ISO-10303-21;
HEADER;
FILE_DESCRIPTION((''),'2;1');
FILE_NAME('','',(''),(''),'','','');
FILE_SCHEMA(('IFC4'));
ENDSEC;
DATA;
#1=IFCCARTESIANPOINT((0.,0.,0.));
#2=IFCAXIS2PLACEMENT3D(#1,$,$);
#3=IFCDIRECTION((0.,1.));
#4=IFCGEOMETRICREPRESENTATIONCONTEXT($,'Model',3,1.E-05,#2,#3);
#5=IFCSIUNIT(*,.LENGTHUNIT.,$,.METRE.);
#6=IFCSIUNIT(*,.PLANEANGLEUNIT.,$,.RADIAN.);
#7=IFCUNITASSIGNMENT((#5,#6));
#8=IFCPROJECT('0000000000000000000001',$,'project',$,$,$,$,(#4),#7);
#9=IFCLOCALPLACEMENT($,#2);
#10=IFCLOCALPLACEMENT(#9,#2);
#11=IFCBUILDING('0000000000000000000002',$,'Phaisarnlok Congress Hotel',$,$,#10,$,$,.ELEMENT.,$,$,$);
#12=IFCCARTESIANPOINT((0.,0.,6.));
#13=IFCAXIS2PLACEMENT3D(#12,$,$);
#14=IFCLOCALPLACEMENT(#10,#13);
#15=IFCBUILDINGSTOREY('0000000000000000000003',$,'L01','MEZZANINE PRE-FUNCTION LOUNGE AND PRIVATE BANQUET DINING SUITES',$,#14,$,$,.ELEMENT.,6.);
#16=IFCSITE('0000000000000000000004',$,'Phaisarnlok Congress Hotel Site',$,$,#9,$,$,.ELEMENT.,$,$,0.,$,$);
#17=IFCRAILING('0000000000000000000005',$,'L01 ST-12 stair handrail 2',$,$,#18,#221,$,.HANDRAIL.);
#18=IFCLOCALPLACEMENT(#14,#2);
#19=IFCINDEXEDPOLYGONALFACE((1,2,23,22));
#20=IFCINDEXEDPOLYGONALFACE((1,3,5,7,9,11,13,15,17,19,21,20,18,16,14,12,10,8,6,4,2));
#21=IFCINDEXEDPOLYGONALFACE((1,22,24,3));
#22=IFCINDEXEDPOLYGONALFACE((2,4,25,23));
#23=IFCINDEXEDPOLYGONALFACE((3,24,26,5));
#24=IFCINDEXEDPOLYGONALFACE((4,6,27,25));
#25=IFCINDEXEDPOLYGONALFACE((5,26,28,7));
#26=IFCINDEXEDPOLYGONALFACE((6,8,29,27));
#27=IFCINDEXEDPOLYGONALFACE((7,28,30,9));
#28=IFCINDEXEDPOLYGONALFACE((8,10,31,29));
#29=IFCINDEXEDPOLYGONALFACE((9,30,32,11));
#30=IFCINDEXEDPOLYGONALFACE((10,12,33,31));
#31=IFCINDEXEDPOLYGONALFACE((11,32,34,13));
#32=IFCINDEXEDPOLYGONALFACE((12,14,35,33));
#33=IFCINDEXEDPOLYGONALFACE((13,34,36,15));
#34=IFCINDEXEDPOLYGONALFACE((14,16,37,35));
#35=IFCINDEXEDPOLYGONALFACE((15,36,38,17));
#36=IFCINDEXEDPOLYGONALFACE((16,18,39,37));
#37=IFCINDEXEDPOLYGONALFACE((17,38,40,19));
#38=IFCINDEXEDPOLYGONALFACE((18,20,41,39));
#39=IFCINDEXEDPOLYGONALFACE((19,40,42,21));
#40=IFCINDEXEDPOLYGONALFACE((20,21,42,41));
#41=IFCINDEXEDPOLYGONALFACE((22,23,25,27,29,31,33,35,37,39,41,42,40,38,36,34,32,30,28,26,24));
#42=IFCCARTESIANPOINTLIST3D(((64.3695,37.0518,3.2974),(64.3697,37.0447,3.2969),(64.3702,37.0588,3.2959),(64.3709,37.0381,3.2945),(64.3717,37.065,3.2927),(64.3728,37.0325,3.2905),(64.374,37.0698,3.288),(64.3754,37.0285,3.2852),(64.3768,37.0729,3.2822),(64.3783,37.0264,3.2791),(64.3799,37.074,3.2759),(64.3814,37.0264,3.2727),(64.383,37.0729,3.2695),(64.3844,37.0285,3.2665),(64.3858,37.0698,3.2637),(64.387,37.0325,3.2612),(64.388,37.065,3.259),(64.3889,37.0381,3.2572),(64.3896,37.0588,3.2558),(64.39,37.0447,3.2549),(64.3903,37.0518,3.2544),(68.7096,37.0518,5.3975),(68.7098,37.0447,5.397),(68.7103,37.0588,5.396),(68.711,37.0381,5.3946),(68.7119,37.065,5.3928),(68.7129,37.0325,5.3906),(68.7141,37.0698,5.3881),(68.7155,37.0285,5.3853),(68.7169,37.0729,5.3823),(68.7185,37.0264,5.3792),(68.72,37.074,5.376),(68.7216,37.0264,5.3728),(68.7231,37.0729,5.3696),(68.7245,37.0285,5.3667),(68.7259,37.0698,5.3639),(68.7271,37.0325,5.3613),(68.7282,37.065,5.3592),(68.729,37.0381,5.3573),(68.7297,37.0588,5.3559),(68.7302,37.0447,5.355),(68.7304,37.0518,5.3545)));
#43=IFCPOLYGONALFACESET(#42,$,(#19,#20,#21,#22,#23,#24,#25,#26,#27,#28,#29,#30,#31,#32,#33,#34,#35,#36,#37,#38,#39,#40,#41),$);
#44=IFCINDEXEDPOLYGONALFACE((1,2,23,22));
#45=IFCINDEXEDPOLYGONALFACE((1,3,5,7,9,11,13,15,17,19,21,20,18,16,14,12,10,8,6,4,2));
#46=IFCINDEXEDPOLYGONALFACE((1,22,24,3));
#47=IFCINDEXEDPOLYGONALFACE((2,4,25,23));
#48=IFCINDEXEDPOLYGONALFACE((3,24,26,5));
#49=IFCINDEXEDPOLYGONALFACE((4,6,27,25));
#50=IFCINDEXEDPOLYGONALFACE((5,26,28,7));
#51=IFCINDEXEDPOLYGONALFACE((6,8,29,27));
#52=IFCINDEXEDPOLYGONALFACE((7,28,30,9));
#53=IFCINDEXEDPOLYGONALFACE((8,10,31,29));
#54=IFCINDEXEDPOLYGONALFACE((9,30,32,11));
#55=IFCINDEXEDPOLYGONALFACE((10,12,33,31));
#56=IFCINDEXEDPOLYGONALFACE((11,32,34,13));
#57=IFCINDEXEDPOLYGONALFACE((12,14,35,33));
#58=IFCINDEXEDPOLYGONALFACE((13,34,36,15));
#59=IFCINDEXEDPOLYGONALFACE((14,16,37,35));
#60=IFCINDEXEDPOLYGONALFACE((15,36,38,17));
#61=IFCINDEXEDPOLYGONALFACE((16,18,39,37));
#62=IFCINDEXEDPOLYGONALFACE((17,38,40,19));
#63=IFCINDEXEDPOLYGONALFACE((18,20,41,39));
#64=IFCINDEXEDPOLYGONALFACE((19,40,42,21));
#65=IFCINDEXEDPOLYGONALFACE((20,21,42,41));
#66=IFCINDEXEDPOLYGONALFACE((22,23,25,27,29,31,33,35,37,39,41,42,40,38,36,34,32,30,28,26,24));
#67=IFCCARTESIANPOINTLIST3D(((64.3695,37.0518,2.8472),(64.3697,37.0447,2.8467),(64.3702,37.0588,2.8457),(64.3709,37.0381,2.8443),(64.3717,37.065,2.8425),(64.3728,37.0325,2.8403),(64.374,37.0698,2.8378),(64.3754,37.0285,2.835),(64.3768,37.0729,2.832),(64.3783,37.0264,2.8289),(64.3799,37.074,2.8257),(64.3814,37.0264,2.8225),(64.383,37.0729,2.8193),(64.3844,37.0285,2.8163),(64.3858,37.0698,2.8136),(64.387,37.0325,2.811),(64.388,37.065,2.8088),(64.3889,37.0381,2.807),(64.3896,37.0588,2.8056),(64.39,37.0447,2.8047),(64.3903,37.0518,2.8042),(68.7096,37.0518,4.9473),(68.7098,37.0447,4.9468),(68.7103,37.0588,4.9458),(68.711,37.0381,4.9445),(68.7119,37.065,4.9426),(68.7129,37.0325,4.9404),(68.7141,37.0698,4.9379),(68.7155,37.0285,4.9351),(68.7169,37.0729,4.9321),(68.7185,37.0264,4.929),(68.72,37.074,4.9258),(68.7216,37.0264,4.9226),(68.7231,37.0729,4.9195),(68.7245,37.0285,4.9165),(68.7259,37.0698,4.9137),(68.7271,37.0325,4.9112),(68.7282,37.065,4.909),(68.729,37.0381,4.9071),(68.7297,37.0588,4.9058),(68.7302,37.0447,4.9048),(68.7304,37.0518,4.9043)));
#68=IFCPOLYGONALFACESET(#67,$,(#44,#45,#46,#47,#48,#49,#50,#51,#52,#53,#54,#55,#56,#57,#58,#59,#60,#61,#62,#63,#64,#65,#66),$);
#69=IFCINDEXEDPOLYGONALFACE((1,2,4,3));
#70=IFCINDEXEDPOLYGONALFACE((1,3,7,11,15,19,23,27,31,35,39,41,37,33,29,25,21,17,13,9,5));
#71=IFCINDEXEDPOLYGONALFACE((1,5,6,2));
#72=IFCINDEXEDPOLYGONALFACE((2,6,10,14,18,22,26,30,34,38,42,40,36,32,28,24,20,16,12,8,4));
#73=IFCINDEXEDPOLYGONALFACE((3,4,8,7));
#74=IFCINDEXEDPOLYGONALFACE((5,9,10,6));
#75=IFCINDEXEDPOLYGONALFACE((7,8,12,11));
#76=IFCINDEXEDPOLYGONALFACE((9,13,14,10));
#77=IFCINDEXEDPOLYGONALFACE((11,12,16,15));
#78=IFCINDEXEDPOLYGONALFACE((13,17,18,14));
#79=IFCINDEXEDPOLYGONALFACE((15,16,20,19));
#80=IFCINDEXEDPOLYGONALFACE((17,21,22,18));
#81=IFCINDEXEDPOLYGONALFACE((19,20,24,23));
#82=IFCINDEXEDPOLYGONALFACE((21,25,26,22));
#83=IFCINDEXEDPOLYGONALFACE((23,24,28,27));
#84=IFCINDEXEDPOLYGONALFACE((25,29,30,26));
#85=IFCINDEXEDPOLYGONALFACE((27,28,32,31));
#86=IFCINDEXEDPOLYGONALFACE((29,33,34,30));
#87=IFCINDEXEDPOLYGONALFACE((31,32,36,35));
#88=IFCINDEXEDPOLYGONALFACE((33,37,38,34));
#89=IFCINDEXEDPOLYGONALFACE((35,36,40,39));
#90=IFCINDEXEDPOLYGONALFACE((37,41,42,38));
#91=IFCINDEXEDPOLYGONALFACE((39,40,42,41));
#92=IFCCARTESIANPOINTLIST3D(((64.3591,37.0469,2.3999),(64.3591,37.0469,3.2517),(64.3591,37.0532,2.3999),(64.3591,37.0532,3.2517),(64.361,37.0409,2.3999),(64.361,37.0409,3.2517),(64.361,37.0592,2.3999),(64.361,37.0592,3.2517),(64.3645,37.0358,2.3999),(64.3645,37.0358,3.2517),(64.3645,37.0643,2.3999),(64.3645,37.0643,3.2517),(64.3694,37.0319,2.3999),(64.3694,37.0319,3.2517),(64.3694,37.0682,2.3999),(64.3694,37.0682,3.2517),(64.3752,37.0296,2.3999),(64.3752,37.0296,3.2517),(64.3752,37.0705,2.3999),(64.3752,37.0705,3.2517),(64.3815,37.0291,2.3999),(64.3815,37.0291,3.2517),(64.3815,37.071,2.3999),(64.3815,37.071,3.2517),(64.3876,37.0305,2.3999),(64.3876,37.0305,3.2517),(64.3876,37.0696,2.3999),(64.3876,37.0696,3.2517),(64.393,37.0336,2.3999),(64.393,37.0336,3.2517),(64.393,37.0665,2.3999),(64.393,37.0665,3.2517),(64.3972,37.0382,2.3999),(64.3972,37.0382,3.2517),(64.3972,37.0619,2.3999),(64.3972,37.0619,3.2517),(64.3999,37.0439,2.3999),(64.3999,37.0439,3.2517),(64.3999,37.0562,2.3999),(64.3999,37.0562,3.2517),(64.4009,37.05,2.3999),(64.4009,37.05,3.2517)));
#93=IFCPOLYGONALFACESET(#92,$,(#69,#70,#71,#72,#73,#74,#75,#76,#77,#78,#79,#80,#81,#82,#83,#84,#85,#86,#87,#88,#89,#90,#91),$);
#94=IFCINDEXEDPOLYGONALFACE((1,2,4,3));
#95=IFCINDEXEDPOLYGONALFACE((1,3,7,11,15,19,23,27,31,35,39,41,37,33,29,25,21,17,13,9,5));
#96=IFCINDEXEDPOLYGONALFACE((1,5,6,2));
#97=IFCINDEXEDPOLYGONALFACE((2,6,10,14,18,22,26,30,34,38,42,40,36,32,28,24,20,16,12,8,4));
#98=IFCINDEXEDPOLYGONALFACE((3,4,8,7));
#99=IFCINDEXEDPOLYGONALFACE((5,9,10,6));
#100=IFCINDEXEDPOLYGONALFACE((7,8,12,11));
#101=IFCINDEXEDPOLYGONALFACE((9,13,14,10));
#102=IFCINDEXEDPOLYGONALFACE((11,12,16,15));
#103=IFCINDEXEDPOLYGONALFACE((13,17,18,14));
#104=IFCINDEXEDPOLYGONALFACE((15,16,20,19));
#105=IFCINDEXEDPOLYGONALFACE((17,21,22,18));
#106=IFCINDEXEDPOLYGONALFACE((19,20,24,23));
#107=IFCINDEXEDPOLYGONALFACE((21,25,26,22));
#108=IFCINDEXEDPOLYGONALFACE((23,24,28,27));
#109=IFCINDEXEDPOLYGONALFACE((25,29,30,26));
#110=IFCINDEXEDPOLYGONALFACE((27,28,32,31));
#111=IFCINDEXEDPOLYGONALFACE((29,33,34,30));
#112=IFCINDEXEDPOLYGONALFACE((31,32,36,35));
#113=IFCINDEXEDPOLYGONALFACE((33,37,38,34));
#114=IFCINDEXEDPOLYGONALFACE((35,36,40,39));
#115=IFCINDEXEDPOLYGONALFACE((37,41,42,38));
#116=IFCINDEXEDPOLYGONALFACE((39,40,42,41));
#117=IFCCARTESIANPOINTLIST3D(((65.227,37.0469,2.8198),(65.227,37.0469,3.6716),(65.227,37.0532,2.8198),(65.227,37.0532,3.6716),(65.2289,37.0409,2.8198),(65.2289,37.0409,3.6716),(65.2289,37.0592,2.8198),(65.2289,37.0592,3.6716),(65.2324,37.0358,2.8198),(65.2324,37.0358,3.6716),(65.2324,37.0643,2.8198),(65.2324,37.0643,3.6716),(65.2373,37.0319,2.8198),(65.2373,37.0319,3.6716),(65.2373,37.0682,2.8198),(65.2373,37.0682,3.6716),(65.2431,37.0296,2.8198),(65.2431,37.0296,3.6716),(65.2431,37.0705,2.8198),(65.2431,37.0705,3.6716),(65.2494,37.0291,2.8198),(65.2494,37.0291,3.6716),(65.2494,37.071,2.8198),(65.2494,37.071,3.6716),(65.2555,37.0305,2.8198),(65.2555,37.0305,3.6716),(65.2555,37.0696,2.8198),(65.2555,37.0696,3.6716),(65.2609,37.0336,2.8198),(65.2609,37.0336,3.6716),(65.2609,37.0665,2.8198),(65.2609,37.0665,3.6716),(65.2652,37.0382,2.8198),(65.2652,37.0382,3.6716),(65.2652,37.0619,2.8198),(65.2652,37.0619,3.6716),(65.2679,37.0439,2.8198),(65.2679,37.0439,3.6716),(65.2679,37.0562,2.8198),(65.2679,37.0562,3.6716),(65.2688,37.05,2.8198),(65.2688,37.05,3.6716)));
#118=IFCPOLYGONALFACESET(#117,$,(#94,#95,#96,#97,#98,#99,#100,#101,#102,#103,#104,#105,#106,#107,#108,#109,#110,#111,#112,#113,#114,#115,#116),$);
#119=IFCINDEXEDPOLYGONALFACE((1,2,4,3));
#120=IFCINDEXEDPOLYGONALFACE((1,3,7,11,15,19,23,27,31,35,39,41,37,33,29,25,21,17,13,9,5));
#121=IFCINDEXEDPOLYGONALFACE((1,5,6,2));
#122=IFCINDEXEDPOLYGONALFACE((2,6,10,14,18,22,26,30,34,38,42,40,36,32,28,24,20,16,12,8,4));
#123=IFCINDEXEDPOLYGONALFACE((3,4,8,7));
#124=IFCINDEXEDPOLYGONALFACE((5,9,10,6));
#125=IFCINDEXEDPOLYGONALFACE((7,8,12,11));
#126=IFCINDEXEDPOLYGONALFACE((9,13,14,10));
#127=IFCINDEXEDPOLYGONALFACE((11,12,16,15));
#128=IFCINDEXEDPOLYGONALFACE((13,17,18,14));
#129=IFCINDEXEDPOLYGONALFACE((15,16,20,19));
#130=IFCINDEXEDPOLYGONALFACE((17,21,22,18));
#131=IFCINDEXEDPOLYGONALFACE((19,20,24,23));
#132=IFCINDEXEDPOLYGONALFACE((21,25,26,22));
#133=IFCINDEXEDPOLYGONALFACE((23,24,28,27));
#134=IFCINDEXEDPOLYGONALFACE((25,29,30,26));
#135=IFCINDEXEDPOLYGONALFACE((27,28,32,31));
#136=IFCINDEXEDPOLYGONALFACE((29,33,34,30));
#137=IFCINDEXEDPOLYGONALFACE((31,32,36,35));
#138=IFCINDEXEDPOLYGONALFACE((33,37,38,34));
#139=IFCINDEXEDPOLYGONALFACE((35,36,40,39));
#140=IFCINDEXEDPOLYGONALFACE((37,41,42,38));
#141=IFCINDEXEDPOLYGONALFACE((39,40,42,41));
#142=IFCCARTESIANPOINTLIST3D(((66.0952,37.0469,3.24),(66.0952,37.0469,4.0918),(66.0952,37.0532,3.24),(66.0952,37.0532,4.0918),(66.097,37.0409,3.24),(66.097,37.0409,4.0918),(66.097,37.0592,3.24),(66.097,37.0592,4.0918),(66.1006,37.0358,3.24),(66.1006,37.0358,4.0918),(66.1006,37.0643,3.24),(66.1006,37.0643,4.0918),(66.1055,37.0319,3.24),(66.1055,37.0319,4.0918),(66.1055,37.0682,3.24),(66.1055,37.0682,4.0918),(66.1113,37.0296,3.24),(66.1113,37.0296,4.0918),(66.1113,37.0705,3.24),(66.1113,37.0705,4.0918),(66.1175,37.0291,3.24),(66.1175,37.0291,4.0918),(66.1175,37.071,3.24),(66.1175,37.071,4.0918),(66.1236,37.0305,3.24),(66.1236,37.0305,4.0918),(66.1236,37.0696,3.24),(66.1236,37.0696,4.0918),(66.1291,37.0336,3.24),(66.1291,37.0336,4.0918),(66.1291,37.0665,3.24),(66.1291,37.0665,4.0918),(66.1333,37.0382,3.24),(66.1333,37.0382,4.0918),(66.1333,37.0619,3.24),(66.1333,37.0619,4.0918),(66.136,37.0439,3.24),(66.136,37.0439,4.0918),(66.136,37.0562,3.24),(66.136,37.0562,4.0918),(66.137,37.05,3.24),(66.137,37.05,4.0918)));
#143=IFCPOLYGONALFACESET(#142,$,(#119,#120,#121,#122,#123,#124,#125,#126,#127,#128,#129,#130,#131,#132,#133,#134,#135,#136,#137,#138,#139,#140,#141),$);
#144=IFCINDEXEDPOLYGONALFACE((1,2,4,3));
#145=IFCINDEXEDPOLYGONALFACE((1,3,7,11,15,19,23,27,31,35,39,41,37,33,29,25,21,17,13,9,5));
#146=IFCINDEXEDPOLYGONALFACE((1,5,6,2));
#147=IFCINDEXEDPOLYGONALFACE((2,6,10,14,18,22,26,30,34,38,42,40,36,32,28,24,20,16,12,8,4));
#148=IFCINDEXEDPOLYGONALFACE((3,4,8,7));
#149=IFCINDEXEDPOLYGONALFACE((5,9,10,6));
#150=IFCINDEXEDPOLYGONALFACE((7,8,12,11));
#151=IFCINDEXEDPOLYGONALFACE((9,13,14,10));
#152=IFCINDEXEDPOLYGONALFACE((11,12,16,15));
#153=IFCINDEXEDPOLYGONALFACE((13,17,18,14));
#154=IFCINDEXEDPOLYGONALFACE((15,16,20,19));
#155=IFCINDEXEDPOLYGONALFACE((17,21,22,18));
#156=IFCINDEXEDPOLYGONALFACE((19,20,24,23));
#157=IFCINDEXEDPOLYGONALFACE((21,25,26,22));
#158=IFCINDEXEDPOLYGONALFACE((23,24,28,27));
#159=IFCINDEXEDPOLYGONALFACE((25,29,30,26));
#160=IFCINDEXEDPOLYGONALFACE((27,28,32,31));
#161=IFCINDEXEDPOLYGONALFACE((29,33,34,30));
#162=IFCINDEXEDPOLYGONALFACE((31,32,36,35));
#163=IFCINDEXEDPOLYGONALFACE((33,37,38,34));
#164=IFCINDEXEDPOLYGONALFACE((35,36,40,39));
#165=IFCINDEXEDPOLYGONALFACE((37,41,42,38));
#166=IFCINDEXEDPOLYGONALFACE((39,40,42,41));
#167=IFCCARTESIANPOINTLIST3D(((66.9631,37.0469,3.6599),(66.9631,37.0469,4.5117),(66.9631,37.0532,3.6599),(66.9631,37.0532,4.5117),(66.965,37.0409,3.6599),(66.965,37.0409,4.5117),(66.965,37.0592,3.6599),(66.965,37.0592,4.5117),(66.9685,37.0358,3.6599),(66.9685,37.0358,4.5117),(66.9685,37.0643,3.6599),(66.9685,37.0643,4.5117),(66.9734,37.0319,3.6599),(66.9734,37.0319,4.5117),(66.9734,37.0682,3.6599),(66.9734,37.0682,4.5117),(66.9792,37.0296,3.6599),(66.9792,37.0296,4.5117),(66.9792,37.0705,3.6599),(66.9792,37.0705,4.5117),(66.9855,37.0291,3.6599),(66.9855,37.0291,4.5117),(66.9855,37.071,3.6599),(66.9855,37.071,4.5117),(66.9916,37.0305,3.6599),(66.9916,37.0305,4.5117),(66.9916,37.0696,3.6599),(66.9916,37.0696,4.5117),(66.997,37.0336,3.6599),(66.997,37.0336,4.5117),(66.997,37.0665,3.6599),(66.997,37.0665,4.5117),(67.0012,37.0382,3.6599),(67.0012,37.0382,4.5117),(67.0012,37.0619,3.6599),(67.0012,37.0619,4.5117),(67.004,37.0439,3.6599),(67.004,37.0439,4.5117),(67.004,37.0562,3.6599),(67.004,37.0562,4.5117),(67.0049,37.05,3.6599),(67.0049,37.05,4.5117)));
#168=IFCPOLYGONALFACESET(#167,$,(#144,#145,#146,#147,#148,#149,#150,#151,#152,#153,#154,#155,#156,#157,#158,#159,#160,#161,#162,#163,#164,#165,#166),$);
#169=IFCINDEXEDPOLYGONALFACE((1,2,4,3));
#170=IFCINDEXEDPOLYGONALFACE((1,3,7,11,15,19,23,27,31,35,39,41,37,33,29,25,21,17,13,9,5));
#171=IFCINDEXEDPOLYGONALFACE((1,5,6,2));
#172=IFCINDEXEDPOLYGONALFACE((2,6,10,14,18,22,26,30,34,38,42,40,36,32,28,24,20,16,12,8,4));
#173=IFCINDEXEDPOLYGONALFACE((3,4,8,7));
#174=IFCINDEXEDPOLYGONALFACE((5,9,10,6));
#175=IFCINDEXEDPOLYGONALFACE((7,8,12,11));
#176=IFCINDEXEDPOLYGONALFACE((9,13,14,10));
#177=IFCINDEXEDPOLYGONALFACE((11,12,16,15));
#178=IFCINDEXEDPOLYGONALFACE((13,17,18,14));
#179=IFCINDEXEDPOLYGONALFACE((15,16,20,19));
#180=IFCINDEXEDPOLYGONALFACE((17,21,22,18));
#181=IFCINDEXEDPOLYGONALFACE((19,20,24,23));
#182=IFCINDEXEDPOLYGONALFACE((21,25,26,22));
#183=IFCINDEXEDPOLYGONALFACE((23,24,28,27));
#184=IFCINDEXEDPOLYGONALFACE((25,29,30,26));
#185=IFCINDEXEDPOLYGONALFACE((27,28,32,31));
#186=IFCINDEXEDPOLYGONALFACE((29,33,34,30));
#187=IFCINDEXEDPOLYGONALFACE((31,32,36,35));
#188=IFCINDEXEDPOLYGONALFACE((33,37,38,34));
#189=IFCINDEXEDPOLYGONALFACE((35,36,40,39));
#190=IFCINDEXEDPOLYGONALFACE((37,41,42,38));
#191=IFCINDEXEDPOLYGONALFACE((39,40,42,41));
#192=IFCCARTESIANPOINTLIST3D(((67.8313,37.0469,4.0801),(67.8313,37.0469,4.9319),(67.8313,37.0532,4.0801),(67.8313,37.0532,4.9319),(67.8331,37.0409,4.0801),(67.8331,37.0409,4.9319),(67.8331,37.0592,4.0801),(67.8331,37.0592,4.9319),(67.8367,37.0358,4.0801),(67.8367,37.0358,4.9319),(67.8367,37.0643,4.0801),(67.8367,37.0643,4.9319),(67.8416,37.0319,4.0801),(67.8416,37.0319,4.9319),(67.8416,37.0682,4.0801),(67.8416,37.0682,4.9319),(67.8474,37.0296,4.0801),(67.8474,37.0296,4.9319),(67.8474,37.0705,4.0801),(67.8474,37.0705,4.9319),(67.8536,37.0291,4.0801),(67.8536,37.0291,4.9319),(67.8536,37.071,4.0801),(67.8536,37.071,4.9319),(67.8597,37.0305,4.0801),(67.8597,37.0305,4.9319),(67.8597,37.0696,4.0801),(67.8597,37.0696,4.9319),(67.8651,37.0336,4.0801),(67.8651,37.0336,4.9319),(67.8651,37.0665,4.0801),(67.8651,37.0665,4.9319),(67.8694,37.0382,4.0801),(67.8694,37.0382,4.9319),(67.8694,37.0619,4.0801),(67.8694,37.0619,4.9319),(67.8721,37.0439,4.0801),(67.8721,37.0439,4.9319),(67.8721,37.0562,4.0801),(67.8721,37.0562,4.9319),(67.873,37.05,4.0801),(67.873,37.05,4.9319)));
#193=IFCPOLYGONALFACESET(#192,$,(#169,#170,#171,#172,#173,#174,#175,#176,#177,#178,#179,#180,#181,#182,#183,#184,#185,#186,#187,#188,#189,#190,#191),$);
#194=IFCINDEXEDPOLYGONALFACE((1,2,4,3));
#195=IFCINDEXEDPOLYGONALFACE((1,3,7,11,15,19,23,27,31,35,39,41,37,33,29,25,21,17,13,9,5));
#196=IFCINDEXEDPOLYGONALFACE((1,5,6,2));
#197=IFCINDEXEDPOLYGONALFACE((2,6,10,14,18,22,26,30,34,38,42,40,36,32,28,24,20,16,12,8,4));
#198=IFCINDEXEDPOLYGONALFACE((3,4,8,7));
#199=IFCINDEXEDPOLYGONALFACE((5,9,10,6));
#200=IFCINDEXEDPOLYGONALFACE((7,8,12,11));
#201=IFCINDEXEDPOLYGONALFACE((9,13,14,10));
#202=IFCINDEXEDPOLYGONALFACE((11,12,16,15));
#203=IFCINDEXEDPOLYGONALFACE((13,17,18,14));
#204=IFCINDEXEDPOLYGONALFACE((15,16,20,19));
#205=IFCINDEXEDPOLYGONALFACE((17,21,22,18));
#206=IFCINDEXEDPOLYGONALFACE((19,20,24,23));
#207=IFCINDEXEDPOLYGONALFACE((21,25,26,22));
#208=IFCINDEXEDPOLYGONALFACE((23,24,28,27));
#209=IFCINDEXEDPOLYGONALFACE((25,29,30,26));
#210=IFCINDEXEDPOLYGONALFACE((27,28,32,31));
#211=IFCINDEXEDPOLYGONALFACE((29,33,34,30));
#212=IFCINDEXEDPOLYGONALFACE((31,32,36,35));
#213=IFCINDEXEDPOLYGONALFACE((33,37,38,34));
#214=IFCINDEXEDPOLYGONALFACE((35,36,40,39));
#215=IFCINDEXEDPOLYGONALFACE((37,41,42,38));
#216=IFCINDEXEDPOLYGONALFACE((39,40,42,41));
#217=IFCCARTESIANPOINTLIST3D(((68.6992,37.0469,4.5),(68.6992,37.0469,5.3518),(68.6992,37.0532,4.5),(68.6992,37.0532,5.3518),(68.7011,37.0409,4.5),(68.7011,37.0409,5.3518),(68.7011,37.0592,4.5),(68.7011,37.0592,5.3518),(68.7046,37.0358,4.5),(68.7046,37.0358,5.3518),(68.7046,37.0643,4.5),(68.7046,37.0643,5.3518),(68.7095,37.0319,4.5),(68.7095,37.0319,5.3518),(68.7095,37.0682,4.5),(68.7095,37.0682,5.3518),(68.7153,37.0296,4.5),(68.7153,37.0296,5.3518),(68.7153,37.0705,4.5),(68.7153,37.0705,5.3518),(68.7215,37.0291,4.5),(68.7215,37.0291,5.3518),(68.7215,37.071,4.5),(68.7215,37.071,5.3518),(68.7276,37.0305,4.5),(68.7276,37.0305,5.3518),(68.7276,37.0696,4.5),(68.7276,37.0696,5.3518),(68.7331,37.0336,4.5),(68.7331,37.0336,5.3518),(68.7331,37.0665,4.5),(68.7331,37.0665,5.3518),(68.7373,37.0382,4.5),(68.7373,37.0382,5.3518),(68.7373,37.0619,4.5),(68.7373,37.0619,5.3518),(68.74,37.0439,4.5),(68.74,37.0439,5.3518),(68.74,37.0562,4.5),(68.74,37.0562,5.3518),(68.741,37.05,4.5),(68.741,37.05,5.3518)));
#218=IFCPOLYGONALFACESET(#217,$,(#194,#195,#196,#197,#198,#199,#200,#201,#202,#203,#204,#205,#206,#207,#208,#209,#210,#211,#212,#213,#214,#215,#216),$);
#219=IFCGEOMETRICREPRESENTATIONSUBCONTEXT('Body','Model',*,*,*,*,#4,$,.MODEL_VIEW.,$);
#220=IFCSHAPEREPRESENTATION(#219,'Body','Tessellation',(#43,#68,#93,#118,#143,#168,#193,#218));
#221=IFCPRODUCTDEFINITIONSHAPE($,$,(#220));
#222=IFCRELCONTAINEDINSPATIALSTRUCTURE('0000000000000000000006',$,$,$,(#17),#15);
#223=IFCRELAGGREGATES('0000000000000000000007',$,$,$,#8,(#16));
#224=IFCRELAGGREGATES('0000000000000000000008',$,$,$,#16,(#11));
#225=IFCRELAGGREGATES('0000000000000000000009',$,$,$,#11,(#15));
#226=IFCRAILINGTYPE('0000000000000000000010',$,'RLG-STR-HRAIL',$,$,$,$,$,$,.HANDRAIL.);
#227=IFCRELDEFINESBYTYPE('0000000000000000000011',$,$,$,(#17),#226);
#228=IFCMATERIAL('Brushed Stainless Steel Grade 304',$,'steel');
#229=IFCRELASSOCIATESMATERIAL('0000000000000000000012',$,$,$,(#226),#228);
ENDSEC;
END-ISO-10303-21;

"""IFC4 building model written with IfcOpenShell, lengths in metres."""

from ifc_helpers import new_model, si_unit, direction, frame, origin, origin_2d, place, context, subcontext, project, spatial, circle, extrude, material, type_object, element, save


model = new_model("IFC4")

# Units and contexts
model_context = context("Model", 3, precision=1e-05, world=origin(), true_north=direction((0.0, 1.0)))
body_context = subcontext(model_context, "Body", "Model", "MODEL_VIEW")
ifc_project = project(units=[si_unit("LENGTHUNIT", "METRE"), si_unit("PLANEANGLEUNIT", "RADIAN")], contexts=[model_context])

# Site, building, storey
site_placement = place(None, origin())
site = spatial("IfcSite", under=ifc_project, at=site_placement, Name="Phaisarnlok Congress Hotel Site", CompositionType="ELEMENT", RefElevation=0.0)
building_placement = place(site_placement, origin())
building = spatial("IfcBuilding", under=site, at=building_placement, Name="Phaisarnlok Congress Hotel", CompositionType="ELEMENT")
storey_placement = place(building_placement, frame((0.0, 0.0, 6.0)))
storey = spatial("IfcBuildingStorey", under=building, at=storey_placement, Name="L01", Description="MEZZANINE PRE-FUNCTION LOUNGE AND PRIVATE BANQUET DINING SUITES", CompositionType="ELEMENT", Elevation=6.0)

# Railing
ifc_material_1 = material(Name="Brushed Stainless Steel Grade 304", Category="steel")
railing_type = type_object("IfcRailingType", Name="RLG-STR-HRAIL", PredefinedType="HANDRAIL", material=ifc_material_1)
railing_placement = place(storey_placement, frame((64.3799, 37.05, 2.3999)))
element("IfcRailing", 1, at=railing_placement, inside=storey, type_object=railing_type, Name="L01 ST-12 stair handrail 2", PredefinedType="HANDRAIL", context=body_context, shape_type="SweptSolid", body=[
    extrude(circle(Radius=0.0239, at=origin_2d()), frame((0.0, 0.0, 0.876), z_axis=(0.900155, 0.0, 0.43557), x_axis=(0.0, 1.0, 0.0)), (0.0, 0.0, 1.0), 4.8215),
    extrude(circle(Radius=0.0239, at=origin_2d()), frame((0.0, 0.0, 0.4258), z_axis=(0.900155, 0.0, 0.43557), x_axis=(0.0, 1.0, 0.0)), (0.0, 0.0, 1.0), 4.8215),
    extrude(circle(Radius=0.021, at=origin_2d()), origin(), (0.0, 0.0, 1.0), 0.8518),
    extrude(circle(Radius=0.021, at=origin_2d()), frame((0.8679, 0.0, 0.4199)), (0.0, 0.0, 1.0), 0.8518),
    extrude(circle(Radius=0.021, at=origin_2d()), frame((1.7361, 0.0, 0.8401)), (0.0, 0.0, 1.0), 0.8518),
    extrude(circle(Radius=0.021, at=origin_2d()), frame((2.604, 0.0, 1.26)), (0.0, 0.0, 1.0), 0.8518),
    extrude(circle(Radius=0.021, at=origin_2d()), frame((3.4722, 0.0, 1.6802)), (0.0, 0.0, 1.0), 0.8518),
    extrude(circle(Radius=0.021, at=origin_2d()), frame((4.3401, 0.0, 2.1001)), (0.0, 0.0, 1.0), 0.8518),
])

save(model, "model.ifc")
